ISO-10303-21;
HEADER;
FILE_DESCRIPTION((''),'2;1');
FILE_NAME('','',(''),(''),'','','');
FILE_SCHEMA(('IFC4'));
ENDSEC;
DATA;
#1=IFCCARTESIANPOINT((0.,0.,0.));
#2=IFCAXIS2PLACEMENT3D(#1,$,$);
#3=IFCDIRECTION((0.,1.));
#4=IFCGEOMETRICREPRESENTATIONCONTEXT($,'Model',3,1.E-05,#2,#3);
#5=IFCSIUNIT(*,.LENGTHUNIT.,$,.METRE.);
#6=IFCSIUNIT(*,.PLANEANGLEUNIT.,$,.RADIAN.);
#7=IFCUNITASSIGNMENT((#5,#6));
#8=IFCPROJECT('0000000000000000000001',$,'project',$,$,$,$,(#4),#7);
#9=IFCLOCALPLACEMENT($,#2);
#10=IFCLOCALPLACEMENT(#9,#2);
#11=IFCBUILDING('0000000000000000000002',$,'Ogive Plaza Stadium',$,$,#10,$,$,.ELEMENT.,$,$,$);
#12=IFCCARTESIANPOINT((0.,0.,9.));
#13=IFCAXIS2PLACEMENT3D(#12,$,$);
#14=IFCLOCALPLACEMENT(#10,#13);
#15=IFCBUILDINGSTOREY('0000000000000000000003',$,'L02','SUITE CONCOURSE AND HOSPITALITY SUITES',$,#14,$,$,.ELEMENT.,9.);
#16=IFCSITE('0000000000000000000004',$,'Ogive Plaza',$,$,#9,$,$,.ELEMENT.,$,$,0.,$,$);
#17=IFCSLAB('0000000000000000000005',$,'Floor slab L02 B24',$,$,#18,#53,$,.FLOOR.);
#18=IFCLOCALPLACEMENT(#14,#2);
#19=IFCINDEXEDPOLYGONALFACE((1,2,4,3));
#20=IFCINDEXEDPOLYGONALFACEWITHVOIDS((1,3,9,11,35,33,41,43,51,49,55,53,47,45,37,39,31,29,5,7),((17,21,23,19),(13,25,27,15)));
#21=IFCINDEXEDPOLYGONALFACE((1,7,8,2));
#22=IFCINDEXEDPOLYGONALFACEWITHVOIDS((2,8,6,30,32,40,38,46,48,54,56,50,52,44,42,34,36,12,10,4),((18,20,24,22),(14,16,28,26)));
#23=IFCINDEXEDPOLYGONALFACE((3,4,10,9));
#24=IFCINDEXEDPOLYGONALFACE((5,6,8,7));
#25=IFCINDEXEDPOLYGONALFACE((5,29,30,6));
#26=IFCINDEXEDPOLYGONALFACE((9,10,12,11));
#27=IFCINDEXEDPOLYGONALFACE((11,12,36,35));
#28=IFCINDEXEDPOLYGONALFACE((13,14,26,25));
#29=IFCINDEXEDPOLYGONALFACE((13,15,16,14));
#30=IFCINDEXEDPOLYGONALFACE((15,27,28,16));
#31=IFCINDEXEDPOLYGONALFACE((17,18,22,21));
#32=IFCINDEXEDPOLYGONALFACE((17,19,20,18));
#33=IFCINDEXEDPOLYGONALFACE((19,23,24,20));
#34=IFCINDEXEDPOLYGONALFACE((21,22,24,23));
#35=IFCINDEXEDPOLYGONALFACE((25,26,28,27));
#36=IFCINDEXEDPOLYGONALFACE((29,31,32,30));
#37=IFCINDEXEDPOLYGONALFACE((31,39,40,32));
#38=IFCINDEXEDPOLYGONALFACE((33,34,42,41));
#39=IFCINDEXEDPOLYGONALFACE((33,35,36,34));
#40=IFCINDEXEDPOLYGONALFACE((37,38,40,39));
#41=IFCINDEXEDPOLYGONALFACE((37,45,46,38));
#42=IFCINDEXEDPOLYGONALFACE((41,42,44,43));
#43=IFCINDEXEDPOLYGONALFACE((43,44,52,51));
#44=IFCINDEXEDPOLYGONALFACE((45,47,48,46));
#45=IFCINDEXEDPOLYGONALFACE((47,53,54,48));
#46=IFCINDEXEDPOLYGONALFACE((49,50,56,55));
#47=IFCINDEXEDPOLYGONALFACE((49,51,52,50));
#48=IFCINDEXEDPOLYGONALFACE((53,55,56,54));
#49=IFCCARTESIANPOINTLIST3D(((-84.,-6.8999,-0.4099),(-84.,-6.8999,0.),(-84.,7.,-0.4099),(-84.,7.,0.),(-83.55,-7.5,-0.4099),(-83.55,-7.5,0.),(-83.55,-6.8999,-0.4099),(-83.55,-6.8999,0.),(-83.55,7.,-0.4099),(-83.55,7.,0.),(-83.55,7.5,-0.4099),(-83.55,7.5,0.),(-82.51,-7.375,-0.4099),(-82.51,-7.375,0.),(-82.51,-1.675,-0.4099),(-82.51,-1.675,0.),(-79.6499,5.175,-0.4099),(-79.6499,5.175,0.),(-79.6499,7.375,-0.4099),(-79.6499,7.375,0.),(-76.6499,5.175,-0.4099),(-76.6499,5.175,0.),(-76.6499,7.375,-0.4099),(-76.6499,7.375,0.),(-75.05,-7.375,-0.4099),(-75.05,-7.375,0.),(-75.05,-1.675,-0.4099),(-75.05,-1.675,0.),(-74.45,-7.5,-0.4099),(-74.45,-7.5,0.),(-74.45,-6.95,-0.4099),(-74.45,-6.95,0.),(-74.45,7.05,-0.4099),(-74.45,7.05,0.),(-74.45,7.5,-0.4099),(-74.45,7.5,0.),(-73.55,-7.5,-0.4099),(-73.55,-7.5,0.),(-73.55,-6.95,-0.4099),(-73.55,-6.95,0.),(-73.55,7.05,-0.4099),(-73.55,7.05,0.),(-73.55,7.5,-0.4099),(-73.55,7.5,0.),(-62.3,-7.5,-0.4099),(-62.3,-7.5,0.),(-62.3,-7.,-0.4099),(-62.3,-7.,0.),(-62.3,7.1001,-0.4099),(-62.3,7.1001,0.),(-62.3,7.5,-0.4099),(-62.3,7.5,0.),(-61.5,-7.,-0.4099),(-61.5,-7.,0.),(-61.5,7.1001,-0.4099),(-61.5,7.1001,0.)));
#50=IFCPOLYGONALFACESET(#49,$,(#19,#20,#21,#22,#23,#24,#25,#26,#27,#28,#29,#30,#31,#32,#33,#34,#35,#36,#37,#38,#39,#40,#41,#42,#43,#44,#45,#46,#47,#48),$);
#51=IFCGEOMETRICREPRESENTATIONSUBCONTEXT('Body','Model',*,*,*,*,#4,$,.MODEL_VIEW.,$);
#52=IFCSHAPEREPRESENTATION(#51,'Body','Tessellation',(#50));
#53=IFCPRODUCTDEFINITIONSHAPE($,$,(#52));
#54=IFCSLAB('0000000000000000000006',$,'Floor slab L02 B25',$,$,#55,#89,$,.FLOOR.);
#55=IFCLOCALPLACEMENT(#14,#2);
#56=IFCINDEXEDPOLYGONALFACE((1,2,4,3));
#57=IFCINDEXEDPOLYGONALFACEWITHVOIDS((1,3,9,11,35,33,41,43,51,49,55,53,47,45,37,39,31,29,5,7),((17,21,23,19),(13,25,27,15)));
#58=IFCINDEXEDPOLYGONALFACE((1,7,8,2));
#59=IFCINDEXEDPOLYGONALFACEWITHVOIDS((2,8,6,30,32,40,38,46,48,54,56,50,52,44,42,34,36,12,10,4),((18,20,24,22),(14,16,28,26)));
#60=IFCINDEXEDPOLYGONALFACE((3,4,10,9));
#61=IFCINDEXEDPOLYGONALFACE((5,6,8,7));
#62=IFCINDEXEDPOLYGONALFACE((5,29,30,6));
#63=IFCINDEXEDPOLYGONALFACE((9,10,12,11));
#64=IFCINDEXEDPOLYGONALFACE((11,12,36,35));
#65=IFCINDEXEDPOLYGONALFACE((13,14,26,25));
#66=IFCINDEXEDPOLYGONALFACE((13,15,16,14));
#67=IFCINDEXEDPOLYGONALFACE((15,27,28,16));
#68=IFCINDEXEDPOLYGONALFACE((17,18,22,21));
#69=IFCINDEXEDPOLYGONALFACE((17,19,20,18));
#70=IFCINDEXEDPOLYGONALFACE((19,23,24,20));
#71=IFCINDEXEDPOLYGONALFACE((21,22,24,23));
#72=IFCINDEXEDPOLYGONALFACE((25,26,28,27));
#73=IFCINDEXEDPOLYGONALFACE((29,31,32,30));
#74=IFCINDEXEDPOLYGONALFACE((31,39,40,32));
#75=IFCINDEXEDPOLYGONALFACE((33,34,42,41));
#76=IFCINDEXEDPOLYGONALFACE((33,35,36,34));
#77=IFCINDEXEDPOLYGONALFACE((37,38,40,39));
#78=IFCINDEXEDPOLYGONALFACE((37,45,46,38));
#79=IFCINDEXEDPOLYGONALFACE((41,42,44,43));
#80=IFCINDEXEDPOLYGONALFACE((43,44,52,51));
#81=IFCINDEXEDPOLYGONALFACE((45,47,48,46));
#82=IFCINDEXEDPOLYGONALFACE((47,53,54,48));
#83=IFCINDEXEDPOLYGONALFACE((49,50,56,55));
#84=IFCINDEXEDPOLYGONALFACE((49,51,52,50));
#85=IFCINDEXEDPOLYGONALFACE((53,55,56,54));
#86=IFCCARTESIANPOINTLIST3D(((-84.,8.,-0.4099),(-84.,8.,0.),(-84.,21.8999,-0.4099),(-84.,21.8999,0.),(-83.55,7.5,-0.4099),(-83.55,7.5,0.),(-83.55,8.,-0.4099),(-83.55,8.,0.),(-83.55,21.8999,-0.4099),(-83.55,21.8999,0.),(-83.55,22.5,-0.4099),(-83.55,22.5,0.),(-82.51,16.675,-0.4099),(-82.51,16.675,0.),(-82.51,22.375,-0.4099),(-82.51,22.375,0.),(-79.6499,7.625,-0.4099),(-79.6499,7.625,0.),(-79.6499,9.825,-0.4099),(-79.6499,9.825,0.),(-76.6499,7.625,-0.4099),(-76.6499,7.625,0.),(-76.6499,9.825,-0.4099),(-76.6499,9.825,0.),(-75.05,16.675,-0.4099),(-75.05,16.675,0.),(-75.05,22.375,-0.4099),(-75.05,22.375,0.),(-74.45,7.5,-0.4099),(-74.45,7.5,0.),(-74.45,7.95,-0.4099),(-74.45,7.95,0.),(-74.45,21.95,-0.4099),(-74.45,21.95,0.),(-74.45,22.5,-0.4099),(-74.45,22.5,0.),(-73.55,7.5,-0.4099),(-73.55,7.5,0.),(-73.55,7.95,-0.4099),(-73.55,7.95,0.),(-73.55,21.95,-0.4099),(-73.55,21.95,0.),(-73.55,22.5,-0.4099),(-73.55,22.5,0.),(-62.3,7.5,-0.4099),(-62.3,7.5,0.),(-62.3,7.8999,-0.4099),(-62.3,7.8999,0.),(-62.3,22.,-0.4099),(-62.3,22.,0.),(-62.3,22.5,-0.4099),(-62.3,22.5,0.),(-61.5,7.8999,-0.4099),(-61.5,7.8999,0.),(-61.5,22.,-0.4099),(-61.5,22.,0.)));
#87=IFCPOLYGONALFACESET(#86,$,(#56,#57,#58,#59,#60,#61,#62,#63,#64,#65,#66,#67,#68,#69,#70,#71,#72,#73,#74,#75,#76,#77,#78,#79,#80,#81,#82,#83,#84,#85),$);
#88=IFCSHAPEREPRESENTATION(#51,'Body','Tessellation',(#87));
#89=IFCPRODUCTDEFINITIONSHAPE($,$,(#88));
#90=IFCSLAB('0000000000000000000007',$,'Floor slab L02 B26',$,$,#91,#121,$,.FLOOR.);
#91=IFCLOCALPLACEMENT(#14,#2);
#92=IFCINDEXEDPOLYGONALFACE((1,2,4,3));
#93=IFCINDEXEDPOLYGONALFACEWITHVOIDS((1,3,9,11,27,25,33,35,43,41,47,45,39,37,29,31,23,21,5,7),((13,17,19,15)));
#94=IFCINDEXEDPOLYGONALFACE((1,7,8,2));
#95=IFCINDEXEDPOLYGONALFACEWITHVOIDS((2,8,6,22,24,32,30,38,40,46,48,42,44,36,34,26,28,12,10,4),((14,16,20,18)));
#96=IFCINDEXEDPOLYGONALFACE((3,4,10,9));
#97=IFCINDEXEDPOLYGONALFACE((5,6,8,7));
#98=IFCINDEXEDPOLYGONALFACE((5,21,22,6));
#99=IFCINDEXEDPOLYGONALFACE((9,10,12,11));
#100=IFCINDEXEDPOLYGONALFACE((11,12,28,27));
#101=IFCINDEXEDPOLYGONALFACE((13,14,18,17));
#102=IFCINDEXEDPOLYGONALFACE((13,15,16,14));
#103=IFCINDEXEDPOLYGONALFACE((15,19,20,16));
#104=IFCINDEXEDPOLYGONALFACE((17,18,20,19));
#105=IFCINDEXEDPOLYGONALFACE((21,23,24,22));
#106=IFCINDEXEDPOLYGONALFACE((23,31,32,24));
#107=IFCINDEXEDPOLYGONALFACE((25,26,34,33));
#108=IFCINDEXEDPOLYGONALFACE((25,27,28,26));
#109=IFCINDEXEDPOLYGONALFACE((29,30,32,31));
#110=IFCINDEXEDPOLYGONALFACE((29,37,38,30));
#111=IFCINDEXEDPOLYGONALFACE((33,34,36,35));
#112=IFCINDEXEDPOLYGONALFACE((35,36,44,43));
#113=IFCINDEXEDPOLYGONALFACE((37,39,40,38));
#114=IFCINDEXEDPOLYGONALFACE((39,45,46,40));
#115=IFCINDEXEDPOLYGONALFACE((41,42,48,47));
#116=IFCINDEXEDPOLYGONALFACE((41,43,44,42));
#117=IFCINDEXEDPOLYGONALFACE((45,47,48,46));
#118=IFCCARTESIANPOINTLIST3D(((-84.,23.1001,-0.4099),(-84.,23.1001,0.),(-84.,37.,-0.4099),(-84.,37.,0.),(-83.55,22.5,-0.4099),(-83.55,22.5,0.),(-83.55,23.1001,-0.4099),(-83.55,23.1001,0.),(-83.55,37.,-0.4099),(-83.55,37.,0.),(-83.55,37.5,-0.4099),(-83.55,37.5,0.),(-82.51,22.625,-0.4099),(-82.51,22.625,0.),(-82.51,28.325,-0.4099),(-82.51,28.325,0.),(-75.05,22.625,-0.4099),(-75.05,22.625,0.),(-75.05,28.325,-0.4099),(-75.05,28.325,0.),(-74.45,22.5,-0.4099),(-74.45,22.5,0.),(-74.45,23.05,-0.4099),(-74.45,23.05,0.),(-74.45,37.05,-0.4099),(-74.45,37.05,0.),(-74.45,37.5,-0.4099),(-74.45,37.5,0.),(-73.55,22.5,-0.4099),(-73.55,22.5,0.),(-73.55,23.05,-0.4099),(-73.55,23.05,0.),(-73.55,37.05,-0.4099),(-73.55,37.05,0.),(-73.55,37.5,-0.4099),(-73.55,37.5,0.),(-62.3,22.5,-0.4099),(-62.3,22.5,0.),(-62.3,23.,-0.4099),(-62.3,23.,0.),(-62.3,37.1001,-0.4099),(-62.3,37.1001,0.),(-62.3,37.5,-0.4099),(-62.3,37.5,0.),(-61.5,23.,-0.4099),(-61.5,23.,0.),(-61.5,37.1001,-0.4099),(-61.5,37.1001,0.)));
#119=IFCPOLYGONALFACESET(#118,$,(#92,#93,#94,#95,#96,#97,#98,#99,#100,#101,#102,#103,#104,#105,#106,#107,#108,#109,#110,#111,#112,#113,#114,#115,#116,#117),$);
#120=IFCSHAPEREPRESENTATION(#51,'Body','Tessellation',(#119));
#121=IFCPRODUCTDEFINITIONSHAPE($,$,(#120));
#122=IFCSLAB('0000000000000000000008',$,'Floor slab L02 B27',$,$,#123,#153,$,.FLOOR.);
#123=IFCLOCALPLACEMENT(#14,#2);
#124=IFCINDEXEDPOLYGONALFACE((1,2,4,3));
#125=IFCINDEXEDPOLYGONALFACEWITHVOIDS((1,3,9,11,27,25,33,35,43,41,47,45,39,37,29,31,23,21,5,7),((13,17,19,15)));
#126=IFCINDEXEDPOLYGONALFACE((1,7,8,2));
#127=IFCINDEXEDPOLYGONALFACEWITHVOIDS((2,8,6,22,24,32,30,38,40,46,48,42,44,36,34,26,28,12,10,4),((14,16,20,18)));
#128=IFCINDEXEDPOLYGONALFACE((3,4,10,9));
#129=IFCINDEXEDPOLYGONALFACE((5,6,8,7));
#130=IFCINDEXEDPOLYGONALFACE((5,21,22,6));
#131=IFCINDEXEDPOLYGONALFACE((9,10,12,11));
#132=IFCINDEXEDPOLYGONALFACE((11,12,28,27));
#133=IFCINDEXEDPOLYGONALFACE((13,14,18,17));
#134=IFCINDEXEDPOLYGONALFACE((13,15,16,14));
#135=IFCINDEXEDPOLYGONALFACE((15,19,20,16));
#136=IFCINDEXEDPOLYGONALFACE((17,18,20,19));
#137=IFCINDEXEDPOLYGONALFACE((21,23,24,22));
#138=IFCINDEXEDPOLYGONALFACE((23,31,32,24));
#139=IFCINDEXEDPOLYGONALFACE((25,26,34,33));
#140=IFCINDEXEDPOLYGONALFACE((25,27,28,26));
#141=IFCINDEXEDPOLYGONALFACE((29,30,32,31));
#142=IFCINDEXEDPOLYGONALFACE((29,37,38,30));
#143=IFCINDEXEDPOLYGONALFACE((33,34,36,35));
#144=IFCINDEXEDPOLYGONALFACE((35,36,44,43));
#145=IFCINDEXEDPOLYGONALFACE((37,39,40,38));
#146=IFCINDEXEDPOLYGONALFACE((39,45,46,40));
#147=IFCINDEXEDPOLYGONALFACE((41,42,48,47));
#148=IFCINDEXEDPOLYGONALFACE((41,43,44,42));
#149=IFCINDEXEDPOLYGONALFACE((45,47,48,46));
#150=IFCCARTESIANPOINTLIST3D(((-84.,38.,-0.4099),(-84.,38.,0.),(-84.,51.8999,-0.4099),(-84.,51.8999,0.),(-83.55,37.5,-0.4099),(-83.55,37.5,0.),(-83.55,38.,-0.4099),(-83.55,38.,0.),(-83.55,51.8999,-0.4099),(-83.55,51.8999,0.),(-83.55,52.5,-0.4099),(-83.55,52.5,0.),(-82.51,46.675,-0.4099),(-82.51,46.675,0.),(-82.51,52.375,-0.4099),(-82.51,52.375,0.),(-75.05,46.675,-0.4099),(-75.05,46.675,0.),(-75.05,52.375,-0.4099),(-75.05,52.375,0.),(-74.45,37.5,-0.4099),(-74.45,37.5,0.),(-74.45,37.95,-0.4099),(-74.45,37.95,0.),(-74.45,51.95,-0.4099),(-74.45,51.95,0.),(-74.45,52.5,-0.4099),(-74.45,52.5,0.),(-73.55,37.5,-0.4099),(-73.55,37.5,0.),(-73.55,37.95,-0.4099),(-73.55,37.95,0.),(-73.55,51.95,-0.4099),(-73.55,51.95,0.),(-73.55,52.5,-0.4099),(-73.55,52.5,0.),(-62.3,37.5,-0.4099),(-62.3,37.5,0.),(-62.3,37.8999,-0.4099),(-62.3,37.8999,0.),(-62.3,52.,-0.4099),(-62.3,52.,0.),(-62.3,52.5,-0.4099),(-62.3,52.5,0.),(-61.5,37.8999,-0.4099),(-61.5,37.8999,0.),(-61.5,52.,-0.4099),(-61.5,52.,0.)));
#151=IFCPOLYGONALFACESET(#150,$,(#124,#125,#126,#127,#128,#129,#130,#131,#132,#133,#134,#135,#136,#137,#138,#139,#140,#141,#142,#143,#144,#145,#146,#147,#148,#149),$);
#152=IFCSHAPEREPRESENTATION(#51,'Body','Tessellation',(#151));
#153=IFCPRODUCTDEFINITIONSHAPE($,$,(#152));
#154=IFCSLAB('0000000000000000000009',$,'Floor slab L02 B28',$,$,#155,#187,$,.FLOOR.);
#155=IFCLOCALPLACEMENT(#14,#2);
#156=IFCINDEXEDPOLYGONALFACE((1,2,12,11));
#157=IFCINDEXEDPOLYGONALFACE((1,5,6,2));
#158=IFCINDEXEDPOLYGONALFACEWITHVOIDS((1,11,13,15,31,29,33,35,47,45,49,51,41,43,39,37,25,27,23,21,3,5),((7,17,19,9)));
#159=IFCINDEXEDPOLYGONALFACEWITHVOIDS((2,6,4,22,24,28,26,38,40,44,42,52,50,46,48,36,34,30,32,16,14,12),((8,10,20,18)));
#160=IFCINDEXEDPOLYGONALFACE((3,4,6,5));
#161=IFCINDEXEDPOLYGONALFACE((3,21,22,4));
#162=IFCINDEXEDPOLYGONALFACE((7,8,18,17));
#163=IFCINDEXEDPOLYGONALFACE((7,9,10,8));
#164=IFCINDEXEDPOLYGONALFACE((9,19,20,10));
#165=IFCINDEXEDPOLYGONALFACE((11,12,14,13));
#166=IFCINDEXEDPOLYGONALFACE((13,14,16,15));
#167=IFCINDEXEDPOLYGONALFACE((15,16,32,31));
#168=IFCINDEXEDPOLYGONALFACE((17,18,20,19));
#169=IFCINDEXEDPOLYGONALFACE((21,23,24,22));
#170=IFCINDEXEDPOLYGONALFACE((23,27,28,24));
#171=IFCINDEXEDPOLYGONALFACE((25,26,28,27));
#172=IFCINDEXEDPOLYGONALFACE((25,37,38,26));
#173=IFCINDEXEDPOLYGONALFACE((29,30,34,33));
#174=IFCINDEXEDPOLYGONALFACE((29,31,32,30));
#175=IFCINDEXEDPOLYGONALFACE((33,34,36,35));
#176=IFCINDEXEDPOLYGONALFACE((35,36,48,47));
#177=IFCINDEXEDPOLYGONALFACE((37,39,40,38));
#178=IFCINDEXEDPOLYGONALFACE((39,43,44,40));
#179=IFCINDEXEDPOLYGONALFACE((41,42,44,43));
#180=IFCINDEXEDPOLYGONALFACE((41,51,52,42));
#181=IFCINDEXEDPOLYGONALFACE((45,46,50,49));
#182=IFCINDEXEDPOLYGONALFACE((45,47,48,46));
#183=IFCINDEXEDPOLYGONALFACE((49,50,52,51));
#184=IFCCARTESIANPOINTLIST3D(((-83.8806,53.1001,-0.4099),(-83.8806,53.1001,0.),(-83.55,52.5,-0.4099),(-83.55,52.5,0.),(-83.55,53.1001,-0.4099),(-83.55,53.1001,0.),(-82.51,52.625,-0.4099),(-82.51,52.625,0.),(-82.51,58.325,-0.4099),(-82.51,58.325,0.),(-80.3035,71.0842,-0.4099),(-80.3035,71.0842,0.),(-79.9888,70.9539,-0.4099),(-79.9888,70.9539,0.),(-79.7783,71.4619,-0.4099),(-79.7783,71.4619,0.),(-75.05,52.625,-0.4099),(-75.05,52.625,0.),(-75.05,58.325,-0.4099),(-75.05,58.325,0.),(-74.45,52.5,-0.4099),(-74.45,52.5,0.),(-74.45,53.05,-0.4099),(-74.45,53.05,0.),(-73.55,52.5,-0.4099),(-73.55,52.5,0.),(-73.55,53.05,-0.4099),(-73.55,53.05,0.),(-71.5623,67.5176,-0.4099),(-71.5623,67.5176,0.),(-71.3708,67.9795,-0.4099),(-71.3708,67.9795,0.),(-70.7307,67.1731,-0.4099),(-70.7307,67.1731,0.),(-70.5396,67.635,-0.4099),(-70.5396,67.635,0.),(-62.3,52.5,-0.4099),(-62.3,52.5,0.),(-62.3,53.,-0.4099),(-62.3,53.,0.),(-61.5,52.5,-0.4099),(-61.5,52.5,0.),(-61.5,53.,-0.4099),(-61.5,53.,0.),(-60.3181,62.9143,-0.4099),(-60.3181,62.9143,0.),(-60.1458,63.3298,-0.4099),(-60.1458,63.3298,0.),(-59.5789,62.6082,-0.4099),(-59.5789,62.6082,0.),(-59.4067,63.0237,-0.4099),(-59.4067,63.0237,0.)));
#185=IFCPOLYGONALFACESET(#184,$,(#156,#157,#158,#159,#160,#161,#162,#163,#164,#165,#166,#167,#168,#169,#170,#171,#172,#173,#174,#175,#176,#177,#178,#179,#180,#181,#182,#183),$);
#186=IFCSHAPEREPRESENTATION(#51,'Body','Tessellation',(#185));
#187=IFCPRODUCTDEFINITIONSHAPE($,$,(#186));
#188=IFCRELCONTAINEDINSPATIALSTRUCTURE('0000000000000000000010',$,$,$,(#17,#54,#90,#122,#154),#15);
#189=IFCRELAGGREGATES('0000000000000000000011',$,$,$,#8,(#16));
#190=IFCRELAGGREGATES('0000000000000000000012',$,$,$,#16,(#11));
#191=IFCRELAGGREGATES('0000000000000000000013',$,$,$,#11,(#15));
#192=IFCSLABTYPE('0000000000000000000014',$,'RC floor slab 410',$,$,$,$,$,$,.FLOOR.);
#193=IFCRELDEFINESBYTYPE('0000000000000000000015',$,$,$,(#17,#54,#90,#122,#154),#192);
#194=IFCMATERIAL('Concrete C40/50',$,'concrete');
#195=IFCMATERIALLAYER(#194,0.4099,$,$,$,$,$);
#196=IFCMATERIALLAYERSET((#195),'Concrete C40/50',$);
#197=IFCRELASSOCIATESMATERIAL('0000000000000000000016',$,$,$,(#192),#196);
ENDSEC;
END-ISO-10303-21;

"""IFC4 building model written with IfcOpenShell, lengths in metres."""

from ifc_helpers import new_model, si_unit, direction, frame, origin, place, context, subcontext, project, spatial, polyline, outline, extrude, material, layer, layer_set, type_object, element, save


model = new_model("IFC4")

# Units and contexts
model_context = context("Model", 3, precision=1e-05, world=origin(), true_north=direction((0.0, 1.0)))
body_context = subcontext(model_context, "Body", "Model", "MODEL_VIEW")
ifc_project = project(units=[si_unit("LENGTHUNIT", "METRE"), si_unit("PLANEANGLEUNIT", "RADIAN")], contexts=[model_context])

# Site, building, storey
site_placement = place(None, origin())
site = spatial("IfcSite", under=ifc_project, at=site_placement, Name="Ogive Plaza", CompositionType="ELEMENT", RefElevation=0.0)
building_placement = place(site_placement, origin())
building = spatial("IfcBuilding", under=site, at=building_placement, Name="Ogive Plaza Stadium", CompositionType="ELEMENT")
storey_placement = place(building_placement, frame((0.0, 0.0, 9.0)))
storey = spatial("IfcBuildingStorey", under=building, at=storey_placement, Name="L02", Description="SUITE CONCOURSE AND HOSPITALITY SUITES", CompositionType="ELEMENT", Elevation=9.0)

# Slabs
ifc_material = material(Name="Concrete C40/50", Category="concrete")
ifc_layer = layer(ifc_material, 0.4099)
ifc_layer_set = layer_set([ifc_layer], Name="Concrete C40/50")
slab_type = type_object("IfcSlabType", Name="RC floor slab 410", PredefinedType="FLOOR", material=ifc_layer_set)
slab_1_placement = place(storey_placement, frame((0.0, 0.0, -0.4099)))
element("IfcSlab", 1, at=slab_1_placement, inside=storey, type_object=slab_type, Name="Floor slab L02 B24", PredefinedType="FLOOR", context=body_context, shape_type="SweptSolid", body=[
    extrude(outline(polyline([(-73.55, 7.5), (-73.55, 7.05), (-74.45, 7.05), (-74.45, 7.5), (-83.55, 7.5), (-83.55, 7.0), (-84.0, 7.0), (-84.0, -6.8999), (-83.55, -6.8999), (-83.55, -7.5), (-74.45, -7.5), (-74.45, -6.95), (-73.55, -6.95), (-73.55, -7.5), (-62.3, -7.5), (-62.3, -7.0), (-61.5, -7.0), (-61.5, 7.1001), (-62.3, 7.1001), (-62.3, 7.5), (-73.55, 7.5)]), holes=[polyline([(-75.05, -7.375), (-75.05, -1.675), (-82.51, -1.675), (-82.51, -7.375), (-75.05, -7.375)]), polyline([(-76.6499, 5.175), (-76.6499, 7.375), (-79.6499, 7.375), (-79.6499, 5.175), (-76.6499, 5.175)])]), origin(), (0.0, 0.0, 1.0), 0.4099),
])
slab_2_placement = place(storey_placement, frame((0.0, 0.0, -0.4099)))
element("IfcSlab", 2, at=slab_2_placement, inside=storey, type_object=slab_type, Name="Floor slab L02 B25", PredefinedType="FLOOR", context=body_context, shape_type="SweptSolid", body=[
    extrude(outline(polyline([(-73.55, 22.5), (-73.55, 21.95), (-74.45, 21.95), (-74.45, 22.5), (-83.55, 22.5), (-83.55, 21.8999), (-84.0, 21.8999), (-84.0, 8.0), (-83.55, 8.0), (-83.55, 7.5), (-74.45, 7.5), (-74.45, 7.95), (-73.55, 7.95), (-73.55, 7.5), (-62.3, 7.5), (-62.3, 7.8999), (-61.5, 7.8999), (-61.5, 22.0), (-62.3, 22.0), (-62.3, 22.5), (-73.55, 22.5)]), holes=[polyline([(-76.6499, 7.625), (-76.6499, 9.825), (-79.6499, 9.825), (-79.6499, 7.625), (-76.6499, 7.625)]), polyline([(-75.05, 16.675), (-75.05, 22.375), (-82.51, 22.375), (-82.51, 16.675), (-75.05, 16.675)])]), origin(), (0.0, 0.0, 1.0), 0.4099),
])
slab_3_placement = place(storey_placement, frame((0.0, 0.0, -0.4099)))
element("IfcSlab", 3, at=slab_3_placement, inside=storey, type_object=slab_type, Name="Floor slab L02 B26", PredefinedType="FLOOR", context=body_context, shape_type="SweptSolid", body=[
    extrude(outline(polyline([(-73.55, 37.5), (-73.55, 37.05), (-74.45, 37.05), (-74.45, 37.5), (-83.55, 37.5), (-83.55, 37.0), (-84.0, 37.0), (-84.0, 23.1001), (-83.55, 23.1001), (-83.55, 22.5), (-74.45, 22.5), (-74.45, 23.05), (-73.55, 23.05), (-73.55, 22.5), (-62.3, 22.5), (-62.3, 23.0), (-61.5, 23.0), (-61.5, 37.1001), (-62.3, 37.1001), (-62.3, 37.5), (-73.55, 37.5)]), holes=[polyline([(-75.05, 22.625), (-75.05, 28.325), (-82.51, 28.325), (-82.51, 22.625), (-75.05, 22.625)])]), origin(), (0.0, 0.0, 1.0), 0.4099),
])
slab_4_placement = place(storey_placement, frame((0.0, 0.0, -0.4099)))
element("IfcSlab", 4, at=slab_4_placement, inside=storey, type_object=slab_type, Name="Floor slab L02 B27", PredefinedType="FLOOR", context=body_context, shape_type="SweptSolid", body=[
    extrude(outline(polyline([(-73.55, 52.5), (-73.55, 51.95), (-74.45, 51.95), (-74.45, 52.5), (-83.55, 52.5), (-83.55, 51.8999), (-84.0, 51.8999), (-84.0, 38.0), (-83.55, 38.0), (-83.55, 37.5), (-74.45, 37.5), (-74.45, 37.95), (-73.55, 37.95), (-73.55, 37.5), (-62.3, 37.5), (-62.3, 37.8999), (-61.5, 37.8999), (-61.5, 52.0), (-62.3, 52.0), (-62.3, 52.5), (-73.55, 52.5)]), holes=[polyline([(-75.05, 46.675), (-75.05, 52.375), (-82.51, 52.375), (-82.51, 46.675), (-75.05, 46.675)])]), origin(), (0.0, 0.0, 1.0), 0.4099),
])
slab_5_placement = place(storey_placement, frame((0.0, 0.0, -0.4099)))
element("IfcSlab", 5, at=slab_5_placement, inside=storey, type_object=slab_type, Name="Floor slab L02 B28", PredefinedType="FLOOR", context=body_context, shape_type="SweptSolid", body=[
    extrude(outline(polyline([(-70.5396, 67.635), (-70.7307, 67.1731), (-71.5623, 67.5176), (-71.3708, 67.9795), (-79.7783, 71.4619), (-79.9888, 70.9539), (-80.3035, 71.0842), (-83.8806, 53.1001), (-83.55, 53.1001), (-83.55, 52.5), (-74.45, 52.5), (-74.45, 53.05), (-73.55, 53.05), (-73.55, 52.5), (-62.3, 52.5), (-62.3, 53.0), (-61.5, 53.0), (-61.5, 52.5), (-59.4067, 63.0237), (-59.5789, 62.6082), (-60.3181, 62.9143), (-60.1458, 63.3298), (-70.5396, 67.635)]), holes=[polyline([(-75.05, 58.325), (-82.51, 58.325), (-82.51, 52.625), (-75.05, 52.625), (-75.05, 58.325)])]), origin(), (0.0, 0.0, 1.0), 0.4099),
])

save(model, "model.ifc")
